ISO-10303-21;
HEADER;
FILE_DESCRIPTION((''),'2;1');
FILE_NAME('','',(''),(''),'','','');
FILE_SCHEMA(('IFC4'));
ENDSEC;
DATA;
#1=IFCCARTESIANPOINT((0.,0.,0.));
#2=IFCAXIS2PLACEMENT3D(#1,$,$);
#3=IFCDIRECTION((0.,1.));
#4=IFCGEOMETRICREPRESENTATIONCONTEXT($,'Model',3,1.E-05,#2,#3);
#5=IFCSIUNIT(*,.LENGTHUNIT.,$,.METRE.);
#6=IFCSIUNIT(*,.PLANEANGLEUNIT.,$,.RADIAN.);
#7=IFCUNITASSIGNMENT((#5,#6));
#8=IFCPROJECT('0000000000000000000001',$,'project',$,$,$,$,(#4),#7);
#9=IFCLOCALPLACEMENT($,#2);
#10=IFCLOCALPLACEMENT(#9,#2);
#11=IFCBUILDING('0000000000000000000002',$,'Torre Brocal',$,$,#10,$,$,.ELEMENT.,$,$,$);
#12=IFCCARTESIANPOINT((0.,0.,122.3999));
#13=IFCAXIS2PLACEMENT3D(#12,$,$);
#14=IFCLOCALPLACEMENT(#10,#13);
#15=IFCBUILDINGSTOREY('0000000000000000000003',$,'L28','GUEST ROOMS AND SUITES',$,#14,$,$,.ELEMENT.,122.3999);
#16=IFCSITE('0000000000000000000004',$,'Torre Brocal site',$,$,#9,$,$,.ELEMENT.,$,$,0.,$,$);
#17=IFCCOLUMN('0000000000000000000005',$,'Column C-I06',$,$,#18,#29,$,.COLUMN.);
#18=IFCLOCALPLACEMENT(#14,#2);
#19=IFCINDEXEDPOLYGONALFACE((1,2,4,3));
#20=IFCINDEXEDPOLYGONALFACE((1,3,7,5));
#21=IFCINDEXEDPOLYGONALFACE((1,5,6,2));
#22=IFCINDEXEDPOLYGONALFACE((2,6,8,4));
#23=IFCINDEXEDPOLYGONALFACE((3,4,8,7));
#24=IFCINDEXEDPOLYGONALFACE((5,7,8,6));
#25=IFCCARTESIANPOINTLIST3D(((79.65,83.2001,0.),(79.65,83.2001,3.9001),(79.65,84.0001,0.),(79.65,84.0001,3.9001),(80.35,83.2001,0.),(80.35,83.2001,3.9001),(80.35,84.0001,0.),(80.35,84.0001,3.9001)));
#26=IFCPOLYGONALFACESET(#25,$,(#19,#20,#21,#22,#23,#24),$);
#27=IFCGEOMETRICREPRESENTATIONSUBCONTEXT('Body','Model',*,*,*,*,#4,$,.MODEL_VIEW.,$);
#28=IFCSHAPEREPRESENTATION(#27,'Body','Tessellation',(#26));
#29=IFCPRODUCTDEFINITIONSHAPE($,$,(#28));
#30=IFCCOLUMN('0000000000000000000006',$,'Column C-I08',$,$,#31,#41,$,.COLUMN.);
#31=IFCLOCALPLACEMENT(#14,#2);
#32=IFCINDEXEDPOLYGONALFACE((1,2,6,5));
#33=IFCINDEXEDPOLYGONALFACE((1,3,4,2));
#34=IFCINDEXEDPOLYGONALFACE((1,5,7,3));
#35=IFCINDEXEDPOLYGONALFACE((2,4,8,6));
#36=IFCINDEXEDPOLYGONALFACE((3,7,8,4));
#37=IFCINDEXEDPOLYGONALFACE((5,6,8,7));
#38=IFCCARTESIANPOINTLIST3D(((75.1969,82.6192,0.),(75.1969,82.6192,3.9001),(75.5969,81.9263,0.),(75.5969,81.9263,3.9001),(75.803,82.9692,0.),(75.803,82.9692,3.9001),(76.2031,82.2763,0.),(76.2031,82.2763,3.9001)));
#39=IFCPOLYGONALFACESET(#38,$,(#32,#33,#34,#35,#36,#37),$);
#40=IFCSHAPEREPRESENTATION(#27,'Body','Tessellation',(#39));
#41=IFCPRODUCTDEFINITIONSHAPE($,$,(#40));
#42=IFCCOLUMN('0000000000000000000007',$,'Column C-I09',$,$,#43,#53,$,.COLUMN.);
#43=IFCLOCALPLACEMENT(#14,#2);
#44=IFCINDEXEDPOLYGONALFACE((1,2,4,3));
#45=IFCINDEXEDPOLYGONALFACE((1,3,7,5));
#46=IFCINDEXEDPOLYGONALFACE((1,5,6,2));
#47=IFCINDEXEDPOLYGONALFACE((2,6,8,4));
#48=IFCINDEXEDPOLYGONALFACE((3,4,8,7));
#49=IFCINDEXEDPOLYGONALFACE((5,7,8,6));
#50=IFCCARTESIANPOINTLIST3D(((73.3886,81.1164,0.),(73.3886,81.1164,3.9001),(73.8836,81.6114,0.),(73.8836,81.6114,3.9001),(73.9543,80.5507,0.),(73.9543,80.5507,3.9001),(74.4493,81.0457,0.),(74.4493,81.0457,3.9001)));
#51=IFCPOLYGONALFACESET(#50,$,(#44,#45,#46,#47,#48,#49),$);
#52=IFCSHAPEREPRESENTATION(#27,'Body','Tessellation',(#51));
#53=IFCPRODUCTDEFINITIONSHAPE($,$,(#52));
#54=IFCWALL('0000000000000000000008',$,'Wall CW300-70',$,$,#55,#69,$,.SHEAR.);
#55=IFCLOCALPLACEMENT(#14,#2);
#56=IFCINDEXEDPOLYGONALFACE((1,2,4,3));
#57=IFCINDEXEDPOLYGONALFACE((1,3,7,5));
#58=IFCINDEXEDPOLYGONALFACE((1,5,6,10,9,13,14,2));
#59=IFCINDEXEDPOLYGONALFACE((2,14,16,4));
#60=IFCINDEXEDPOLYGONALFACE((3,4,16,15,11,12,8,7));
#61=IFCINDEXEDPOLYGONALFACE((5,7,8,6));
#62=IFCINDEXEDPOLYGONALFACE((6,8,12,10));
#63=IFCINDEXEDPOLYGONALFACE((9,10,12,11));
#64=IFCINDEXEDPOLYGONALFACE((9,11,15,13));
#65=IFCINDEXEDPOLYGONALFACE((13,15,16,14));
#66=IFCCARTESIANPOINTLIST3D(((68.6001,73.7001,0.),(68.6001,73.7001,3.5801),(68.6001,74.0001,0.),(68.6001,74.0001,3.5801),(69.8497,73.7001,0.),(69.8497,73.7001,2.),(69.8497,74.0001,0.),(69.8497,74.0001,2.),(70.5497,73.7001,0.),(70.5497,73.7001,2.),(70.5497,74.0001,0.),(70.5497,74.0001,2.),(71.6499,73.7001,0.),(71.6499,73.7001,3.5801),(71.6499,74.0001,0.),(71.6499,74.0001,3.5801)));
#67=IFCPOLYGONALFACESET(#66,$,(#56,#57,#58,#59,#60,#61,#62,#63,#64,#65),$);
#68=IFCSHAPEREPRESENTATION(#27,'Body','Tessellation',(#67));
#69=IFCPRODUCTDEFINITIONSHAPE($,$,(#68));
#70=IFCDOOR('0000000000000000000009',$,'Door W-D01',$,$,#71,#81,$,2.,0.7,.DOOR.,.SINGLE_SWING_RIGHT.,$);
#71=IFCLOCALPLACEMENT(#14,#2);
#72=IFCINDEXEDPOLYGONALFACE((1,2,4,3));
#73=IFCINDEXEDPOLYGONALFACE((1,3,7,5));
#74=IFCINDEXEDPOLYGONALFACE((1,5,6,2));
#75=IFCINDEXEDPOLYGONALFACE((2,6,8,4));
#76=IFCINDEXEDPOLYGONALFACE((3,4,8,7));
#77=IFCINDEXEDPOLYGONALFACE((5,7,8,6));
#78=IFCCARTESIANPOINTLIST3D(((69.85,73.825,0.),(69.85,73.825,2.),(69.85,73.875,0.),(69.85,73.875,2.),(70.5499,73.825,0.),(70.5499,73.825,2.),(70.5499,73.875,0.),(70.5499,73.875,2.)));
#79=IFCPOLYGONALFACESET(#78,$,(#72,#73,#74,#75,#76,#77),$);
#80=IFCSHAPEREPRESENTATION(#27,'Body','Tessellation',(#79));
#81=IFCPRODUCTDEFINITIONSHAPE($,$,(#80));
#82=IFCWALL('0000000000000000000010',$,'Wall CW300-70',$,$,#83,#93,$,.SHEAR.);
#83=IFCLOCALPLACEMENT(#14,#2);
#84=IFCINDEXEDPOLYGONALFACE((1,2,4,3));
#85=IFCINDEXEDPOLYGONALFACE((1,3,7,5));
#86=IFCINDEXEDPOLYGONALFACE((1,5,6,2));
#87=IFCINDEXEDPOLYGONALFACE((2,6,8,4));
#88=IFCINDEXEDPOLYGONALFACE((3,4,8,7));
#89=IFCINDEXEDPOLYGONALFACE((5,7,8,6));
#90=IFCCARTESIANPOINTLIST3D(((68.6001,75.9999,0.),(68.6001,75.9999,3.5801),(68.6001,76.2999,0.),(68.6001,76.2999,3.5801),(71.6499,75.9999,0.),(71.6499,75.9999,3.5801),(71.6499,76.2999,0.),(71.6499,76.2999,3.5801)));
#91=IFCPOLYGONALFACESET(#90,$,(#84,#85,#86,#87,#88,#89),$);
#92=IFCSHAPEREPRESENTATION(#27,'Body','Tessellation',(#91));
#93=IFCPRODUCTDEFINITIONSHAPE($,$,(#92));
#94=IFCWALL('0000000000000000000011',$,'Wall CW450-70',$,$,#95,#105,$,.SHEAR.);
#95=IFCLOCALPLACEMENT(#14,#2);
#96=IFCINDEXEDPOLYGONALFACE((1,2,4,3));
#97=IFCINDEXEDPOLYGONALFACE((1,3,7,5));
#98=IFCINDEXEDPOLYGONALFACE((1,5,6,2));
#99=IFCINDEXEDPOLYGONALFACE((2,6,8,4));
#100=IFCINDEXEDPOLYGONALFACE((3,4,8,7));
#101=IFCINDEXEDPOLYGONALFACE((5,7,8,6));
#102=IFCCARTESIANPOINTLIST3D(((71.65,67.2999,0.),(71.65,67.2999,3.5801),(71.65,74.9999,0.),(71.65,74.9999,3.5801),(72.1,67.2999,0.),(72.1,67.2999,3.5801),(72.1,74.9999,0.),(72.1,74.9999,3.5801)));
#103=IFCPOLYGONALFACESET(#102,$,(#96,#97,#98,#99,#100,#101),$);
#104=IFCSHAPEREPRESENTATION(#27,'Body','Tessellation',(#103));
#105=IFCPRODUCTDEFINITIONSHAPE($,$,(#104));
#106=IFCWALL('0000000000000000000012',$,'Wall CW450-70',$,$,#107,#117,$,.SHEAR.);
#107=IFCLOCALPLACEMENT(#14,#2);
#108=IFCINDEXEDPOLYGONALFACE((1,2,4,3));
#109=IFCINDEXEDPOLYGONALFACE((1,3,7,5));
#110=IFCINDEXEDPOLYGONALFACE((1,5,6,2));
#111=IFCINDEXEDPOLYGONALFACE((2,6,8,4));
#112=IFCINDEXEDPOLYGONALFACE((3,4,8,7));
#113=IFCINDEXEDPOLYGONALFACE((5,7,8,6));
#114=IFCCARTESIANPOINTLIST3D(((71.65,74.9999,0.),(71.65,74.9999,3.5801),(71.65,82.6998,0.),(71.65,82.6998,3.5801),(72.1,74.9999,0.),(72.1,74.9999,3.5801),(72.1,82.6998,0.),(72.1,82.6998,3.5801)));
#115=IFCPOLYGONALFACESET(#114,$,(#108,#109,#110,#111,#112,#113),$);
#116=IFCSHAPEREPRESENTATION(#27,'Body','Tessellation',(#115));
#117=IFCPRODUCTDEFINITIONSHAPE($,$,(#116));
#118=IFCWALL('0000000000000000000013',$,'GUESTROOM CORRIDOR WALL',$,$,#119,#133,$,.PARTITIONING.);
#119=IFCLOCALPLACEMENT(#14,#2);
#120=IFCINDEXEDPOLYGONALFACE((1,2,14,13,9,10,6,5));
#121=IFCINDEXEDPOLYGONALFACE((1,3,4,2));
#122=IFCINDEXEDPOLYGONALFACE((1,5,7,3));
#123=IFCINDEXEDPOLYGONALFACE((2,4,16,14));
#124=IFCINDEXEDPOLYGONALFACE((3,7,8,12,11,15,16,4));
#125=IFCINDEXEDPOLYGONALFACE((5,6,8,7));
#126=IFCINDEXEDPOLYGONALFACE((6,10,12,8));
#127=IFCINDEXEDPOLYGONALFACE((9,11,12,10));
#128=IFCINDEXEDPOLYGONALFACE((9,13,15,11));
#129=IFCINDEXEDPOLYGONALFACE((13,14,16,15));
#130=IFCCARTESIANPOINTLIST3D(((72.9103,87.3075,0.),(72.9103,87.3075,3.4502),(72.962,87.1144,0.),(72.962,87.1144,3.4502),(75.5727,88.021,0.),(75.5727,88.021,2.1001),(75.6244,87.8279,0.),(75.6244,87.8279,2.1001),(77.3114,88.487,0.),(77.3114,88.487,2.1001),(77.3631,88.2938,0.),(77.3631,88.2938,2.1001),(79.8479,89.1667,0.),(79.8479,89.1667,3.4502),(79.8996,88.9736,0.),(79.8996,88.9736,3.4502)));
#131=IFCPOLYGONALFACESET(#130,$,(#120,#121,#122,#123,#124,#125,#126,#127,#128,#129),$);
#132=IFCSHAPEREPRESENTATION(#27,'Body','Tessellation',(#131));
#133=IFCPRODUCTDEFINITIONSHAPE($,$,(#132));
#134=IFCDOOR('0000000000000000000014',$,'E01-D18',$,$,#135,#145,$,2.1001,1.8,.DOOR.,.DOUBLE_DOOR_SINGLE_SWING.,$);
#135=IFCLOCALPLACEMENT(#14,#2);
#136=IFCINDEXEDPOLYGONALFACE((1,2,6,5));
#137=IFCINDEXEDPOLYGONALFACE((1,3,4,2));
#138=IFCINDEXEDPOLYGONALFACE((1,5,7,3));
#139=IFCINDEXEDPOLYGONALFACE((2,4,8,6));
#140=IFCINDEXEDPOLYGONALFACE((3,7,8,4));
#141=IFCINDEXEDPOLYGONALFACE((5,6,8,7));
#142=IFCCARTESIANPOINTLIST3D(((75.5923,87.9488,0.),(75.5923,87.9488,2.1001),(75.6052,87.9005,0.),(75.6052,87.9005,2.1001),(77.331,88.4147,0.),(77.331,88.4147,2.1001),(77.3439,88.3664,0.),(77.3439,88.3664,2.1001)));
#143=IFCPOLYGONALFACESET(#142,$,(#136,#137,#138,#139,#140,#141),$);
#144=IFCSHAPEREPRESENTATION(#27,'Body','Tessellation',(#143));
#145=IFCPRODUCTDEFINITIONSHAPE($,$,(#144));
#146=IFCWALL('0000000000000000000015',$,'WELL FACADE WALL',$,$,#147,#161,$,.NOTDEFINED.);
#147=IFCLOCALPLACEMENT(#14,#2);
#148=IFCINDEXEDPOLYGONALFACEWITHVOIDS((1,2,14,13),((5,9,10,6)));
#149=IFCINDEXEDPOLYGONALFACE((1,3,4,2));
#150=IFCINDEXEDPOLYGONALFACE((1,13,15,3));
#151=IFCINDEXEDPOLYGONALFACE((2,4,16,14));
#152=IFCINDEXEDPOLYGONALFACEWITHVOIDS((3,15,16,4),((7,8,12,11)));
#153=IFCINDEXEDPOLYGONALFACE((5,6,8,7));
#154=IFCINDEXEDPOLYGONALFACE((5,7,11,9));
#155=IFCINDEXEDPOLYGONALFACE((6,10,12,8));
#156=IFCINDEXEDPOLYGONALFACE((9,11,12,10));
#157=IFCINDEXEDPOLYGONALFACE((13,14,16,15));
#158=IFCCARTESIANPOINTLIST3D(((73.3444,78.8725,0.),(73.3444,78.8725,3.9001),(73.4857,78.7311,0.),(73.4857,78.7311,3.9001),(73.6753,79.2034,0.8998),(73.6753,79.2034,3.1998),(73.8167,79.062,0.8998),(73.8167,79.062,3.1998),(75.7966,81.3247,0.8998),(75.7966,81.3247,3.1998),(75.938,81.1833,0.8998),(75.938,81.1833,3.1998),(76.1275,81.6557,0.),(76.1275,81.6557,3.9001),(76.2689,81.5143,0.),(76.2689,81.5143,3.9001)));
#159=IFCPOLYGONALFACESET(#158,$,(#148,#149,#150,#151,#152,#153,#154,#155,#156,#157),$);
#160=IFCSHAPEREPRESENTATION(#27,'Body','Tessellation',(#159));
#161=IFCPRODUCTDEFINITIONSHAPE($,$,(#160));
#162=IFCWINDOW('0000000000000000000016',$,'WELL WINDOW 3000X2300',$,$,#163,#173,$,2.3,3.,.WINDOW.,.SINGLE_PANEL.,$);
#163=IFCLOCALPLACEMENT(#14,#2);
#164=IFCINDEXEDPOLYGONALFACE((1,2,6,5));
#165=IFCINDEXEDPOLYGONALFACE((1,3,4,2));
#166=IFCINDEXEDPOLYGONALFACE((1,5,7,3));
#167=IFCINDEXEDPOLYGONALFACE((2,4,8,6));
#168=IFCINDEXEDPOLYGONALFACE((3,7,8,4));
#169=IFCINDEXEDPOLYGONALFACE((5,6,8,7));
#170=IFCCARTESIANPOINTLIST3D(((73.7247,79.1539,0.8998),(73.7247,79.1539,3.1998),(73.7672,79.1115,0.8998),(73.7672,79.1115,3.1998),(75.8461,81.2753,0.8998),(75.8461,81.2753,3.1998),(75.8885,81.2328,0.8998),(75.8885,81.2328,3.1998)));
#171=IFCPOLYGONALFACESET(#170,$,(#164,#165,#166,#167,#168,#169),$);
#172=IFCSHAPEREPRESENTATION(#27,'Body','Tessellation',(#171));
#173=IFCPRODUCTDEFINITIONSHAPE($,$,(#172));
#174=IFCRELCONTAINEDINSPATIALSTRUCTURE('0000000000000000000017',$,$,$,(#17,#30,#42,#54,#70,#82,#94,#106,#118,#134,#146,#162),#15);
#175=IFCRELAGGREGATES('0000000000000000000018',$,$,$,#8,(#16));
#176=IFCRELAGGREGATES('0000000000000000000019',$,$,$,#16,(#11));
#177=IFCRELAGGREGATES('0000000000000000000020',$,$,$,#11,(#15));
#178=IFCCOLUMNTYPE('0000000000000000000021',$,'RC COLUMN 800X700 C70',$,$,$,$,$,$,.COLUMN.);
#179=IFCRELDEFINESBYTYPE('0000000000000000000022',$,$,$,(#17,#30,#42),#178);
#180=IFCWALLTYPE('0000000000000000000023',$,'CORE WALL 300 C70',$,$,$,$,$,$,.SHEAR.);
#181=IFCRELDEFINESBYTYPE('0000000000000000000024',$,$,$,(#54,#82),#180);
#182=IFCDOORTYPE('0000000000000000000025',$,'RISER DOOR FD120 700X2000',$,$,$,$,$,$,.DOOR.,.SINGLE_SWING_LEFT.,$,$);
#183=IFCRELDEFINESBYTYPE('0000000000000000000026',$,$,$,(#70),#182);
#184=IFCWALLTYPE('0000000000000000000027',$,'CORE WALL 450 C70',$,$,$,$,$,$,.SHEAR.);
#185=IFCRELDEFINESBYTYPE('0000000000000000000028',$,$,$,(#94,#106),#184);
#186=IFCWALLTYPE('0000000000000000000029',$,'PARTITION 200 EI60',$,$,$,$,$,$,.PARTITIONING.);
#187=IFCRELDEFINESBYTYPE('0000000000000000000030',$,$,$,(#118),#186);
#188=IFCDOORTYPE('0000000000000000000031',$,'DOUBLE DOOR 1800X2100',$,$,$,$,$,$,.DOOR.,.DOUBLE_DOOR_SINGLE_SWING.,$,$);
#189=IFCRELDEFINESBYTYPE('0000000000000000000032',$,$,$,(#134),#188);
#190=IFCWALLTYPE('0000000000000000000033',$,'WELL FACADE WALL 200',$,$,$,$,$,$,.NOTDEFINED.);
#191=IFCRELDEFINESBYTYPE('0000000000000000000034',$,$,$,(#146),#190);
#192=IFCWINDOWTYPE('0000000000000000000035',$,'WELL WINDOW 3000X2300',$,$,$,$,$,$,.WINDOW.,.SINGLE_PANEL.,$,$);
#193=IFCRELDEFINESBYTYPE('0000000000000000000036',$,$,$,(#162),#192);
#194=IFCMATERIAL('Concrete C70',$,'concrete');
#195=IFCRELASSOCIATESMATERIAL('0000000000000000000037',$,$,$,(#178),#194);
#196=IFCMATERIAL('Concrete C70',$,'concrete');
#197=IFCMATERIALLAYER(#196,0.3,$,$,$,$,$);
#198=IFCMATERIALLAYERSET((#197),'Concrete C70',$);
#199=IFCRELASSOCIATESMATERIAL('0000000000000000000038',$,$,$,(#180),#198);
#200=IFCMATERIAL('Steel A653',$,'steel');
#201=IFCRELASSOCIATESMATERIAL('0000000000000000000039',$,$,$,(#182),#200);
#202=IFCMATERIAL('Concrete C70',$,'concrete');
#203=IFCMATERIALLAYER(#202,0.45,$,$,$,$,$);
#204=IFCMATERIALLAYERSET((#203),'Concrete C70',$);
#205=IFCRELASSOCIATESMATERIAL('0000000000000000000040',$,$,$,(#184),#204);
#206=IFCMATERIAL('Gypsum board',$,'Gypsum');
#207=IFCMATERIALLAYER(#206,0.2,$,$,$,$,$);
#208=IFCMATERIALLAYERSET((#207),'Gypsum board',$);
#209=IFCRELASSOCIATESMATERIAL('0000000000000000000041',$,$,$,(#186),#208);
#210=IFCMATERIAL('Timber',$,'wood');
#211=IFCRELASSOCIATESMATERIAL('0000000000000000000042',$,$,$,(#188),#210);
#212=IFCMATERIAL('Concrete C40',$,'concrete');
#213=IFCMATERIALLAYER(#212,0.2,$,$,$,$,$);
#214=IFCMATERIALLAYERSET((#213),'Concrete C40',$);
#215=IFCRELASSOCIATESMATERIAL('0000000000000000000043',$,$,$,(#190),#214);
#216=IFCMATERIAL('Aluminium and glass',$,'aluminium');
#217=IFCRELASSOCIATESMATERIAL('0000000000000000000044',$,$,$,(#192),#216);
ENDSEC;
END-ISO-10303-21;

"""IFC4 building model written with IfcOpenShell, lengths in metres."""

from ifc_helpers import new_model, si_unit, direction, frame, frame_2d, origin, origin_2d, place, context, subcontext, project, spatial, rectangle, extrude, material, layer, layer_set, material_profile, profile_set, type_object, element, fill, save


model = new_model("IFC4")

# Units and contexts
model_context = context("Model", 3, precision=1e-05, world=origin(), true_north=direction((0.0, 1.0)))
body_context = subcontext(model_context, "Body", "Model", "MODEL_VIEW")
ifc_project = project(units=[si_unit("LENGTHUNIT", "METRE"), si_unit("PLANEANGLEUNIT", "RADIAN")], contexts=[model_context])

# Site, building, storey
site_placement = place(None, origin())
site = spatial("IfcSite", under=ifc_project, at=site_placement, Name="Torre Brocal site", CompositionType="ELEMENT", RefElevation=0.0)
building_placement = place(site_placement, origin())
building = spatial("IfcBuilding", under=site, at=building_placement, Name="Torre Brocal", CompositionType="ELEMENT")
storey_placement = place(building_placement, frame((0.0, 0.0, 122.3999)))
storey = spatial("IfcBuildingStorey", under=building, at=storey_placement, Name="L28", Description="GUEST ROOMS AND SUITES", CompositionType="ELEMENT", Elevation=122.3999)

# Columns
ifc_material_1 = material(Name="Concrete C70", Category="concrete")
ifc_material_profile = material_profile(ifc_material_1, rectangle(XDim=0.8, YDim=0.7, at=origin_2d()), Name="RC 800X700")
ifc_profile_set = profile_set([ifc_material_profile], Name="Concrete C70")
column_type = type_object("IfcColumnType", Name="RC COLUMN 800X700 C70", PredefinedType="COLUMN", material=ifc_profile_set)
for number, where, z_axis, x_axis, name in (
    (1, (80.0, 83.6001, 0.0), (0.0, 0.0, 1.0), (0.0, 1.0, 0.0), "Column C-I06"),
    (2, (75.7, 82.4478, 0.0), (0.0, 0.0, 1.0), (-0.5, 0.866025, 0.0), "Column C-I08"),
    (3, (73.9189, 81.0811, 0.0), (0.0, 0.0, 1.0), (-0.707107, 0.707107, 0.0), "Column C-I09"),
):
    element("IfcColumn", number, at=place(storey_placement, frame(where, z_axis=z_axis, x_axis=x_axis)), inside=storey, type_object=column_type, Name=name, PredefinedType="COLUMN", context=body_context, shape_type="SweptSolid", body=[
        extrude(rectangle(XDim=0.8, YDim=0.7, at=origin_2d()), origin(), (0.0, 0.0, 1.0), 3.9001),
    ])

# Wall, opening, door
ifc_material_2 = material(Name="Concrete C70", Category="concrete")
ifc_layer_1 = layer(ifc_material_2, 0.3)
ifc_layer_set_1 = layer_set([ifc_layer_1], Name="Concrete C70")
wall_type_1 = type_object("IfcWallType", Name="CORE WALL 300 C70", PredefinedType="SHEAR", material=ifc_layer_set_1)
wall_1_placement = place(storey_placement, frame((71.6499, 73.8501, 0.0), z_axis=(0.0, 0.0, 1.0), x_axis=(-1.0, 0.0, 0.0)))
wall_1 = element("IfcWall", 4, at=wall_1_placement, inside=storey, type_object=wall_type_1, Name="Wall CW300-70", PredefinedType="SHEAR", context=body_context, shape_type="SweptSolid", body=[
    extrude(rectangle(XDim=3.0498, YDim=0.3, at=frame_2d((1.5249, 0.0))), origin(), (0.0, 0.0, 1.0), 3.5801),
])
opening_1_placement = place(wall_1_placement, frame((1.1001, 0.0, 0.0)))
opening_1 = element("IfcOpeningElement", 5, at=opening_1_placement, cuts=wall_1, PredefinedType="OPENING", context=body_context, shape_type="SweptSolid", body=[
    extrude(rectangle(XDim=0.7, YDim=2.0, at=frame_2d((0.3501, 1.0))), frame((0.0, 0.1599, 0.0), z_axis=(0.0, -1.0, 0.0), x_axis=(1.0, 0.0, 0.0)), (0.0, 0.0, 1.0), 0.3201),
])
ifc_material_3 = material(Name="Steel A653", Category="steel")
door_type_1 = type_object("IfcDoorType", Name="RISER DOOR FD120 700X2000", OperationType="SINGLE_SWING_LEFT", PredefinedType="DOOR", material=ifc_material_3)
door_1_placement = place(opening_1_placement, frame((0.7, 0.0, 0.0), z_axis=(0.0, 0.0, 1.0), x_axis=(-1.0, 0.0, 0.0)))
door_1 = element("IfcDoor", 6, at=door_1_placement, inside=storey, type_object=door_type_1, Name="Door W-D01", OperationType="SINGLE_SWING_RIGHT", OverallHeight=2.0, OverallWidth=0.7, PredefinedType="DOOR", context=body_context, shape_type="SweptSolid", body=[
    extrude(rectangle(XDim=0.7, YDim=2.0, at=frame_2d((0.3501, 1.0))), frame((0.0, 0.0249, 0.0), z_axis=(0.0, -1.0, 0.0), x_axis=(1.0, 0.0, 0.0)), (0.0, 0.0, 1.0), 0.05),
])
fill(opening_1, door_1)

# Walls
wall_2_placement = place(storey_placement, frame((71.6499, 76.1499, 0.0), z_axis=(0.0, 0.0, 1.0), x_axis=(-1.0, 0.0, 0.0)))
element("IfcWall", 7, at=wall_2_placement, inside=storey, type_object=wall_type_1, Name="Wall CW300-70", PredefinedType="SHEAR", context=body_context, shape_type="SweptSolid", body=[
    extrude(rectangle(XDim=3.0498, YDim=0.3, at=frame_2d((1.5249, 0.0))), origin(), (0.0, 0.0, 1.0), 3.5801),
])
ifc_material_4 = material(Name="Concrete C70", Category="concrete")
ifc_layer_2 = layer(ifc_material_4, 0.45)
ifc_layer_set_2 = layer_set([ifc_layer_2], Name="Concrete C70")
wall_type_2 = type_object("IfcWallType", Name="CORE WALL 450 C70", PredefinedType="SHEAR", material=ifc_layer_set_2)
for number, where, z_axis, x_axis, name in (
    (8, (71.875, 75.0, 0.0), (0.0, 0.0, 1.0), (0.0, -1.0, 0.0), "Wall CW450-70"),
    (9, (71.875, 82.7, 0.0), (0.0, 0.0, 1.0), (0.0, -1.0, 0.0), "Wall CW450-70"),
):
    element("IfcWall", number, at=place(storey_placement, frame(where, z_axis=z_axis, x_axis=x_axis)), inside=storey, type_object=wall_type_2, Name=name, PredefinedType="SHEAR", context=body_context, shape_type="SweptSolid", body=[
        extrude(rectangle(XDim=7.7, YDim=0.45, at=frame_2d((3.8501, 0.0))), origin(), (0.0, 0.0, 1.0), 3.5801),
    ])

# Wall, opening, door
ifc_material_5 = material(Name="Gypsum board", Category="Gypsum")
ifc_layer_3 = layer(ifc_material_5, 0.2)
ifc_layer_set_3 = layer_set([ifc_layer_3], Name="Gypsum board")
wall_type_3 = type_object("IfcWallType", Name="PARTITION 200 EI60", PredefinedType="PARTITIONING", material=ifc_layer_set_3)
wall_3_placement = place(storey_placement, frame((72.936, 87.2109, 0.0), z_axis=(0.0, 0.0, 1.0), x_axis=(0.965918, 0.258849, 0.0)))
wall_3 = element("IfcWall", 10, at=wall_3_placement, inside=storey, type_object=wall_type_3, Name="GUESTROOM CORRIDOR WALL", PredefinedType="PARTITIONING", context=body_context, shape_type="SweptSolid", body=[
    extrude(rectangle(XDim=7.1824, YDim=0.2, at=frame_2d((3.5913, 0.0))), origin(), (0.0, 0.0, 1.0), 3.4502),
])
opening_2_placement = place(wall_3_placement, frame((2.7566, 0.0, 0.0)))
opening_2 = element("IfcOpeningElement", 11, at=opening_2_placement, cuts=wall_3, PredefinedType="OPENING", context=body_context, shape_type="SweptSolid", body=[
    extrude(rectangle(XDim=1.8, YDim=2.1001, at=frame_2d((0.8999, 1.05))), frame((0.0, 0.1099, 0.0), z_axis=(0.0, -1.0, 0.0), x_axis=(1.0, 0.0, 0.0)), (0.0, 0.0, 1.0), 0.22),
])
ifc_material_6 = material(Name="Timber", Category="wood")
door_type_2 = type_object("IfcDoorType", Name="DOUBLE DOOR 1800X2100", OperationType="DOUBLE_DOOR_SINGLE_SWING", PredefinedType="DOOR", material=ifc_material_6)
door_2_placement = place(opening_2_placement, frame((1.8, 0.0, 0.0), z_axis=(0.0, 0.0, 1.0), x_axis=(-1.0, 0.0, 0.0)))
door_2 = element("IfcDoor", 12, at=door_2_placement, inside=storey, type_object=door_type_2, Name="E01-D18", OperationType="DOUBLE_DOOR_SINGLE_SWING", OverallHeight=2.1001, OverallWidth=1.8, PredefinedType="DOOR", context=body_context, shape_type="SweptSolid", body=[
    extrude(rectangle(XDim=1.8, YDim=2.1001, at=frame_2d((0.8999, 1.05))), frame((0.0, 0.0249, 0.0), z_axis=(0.0, -1.0, 0.0), x_axis=(1.0, 0.0, 0.0)), (0.0, 0.0, 1.0), 0.05),
])
fill(opening_2, door_2)

# Wall, opening, window
ifc_material_7 = material(Name="Concrete C40", Category="concrete")
ifc_layer_4 = layer(ifc_material_7, 0.2)
ifc_layer_set_4 = layer_set([ifc_layer_4], Name="Concrete C40")
wall_type_4 = type_object("IfcWallType", Name="WELL FACADE WALL 200", PredefinedType="NOTDEFINED", material=ifc_layer_set_4)
wall_4_placement = place(storey_placement, frame((76.1982, 81.585, 0.0), z_axis=(0.0, 0.0, 1.0), x_axis=(-0.707107, -0.707107, 0.0)))
wall_4 = element("IfcWall", 13, at=wall_4_placement, inside=storey, type_object=wall_type_4, Name="WELL FACADE WALL", PredefinedType="NOTDEFINED", context=body_context, shape_type="SweptSolid", body=[
    extrude(rectangle(XDim=3.936, YDim=0.2, at=frame_2d((1.968, 0.0))), origin(), (0.0, 0.0, 1.0), 3.9001),
])
opening_3_placement = place(wall_4_placement, frame((0.468, 0.0, 0.8999)))
opening_3 = element("IfcOpeningElement", 14, at=opening_3_placement, cuts=wall_4, PredefinedType="OPENING", context=body_context, shape_type="SweptSolid", body=[
    extrude(rectangle(XDim=3.0, YDim=2.3, at=frame_2d((1.5, 1.1499))), frame((0.0, 0.1099, 0.0), z_axis=(0.0, -1.0, 0.0), x_axis=(1.0, 0.0, 0.0)), (0.0, 0.0, 1.0), 0.22),
])
ifc_material_8 = material(Name="Aluminium and glass", Category="aluminium")
window_type = type_object("IfcWindowType", Name="WELL WINDOW 3000X2300", PartitioningType="SINGLE_PANEL", PredefinedType="WINDOW", material=ifc_material_8)
window_1_placement = place(opening_3_placement, origin())
window_1 = element("IfcWindow", 15, at=window_1_placement, inside=storey, type_object=window_type, Name="WELL WINDOW 3000X2300", OverallHeight=2.3, OverallWidth=3.0, PartitioningType="SINGLE_PANEL", PredefinedType="WINDOW", context=body_context, shape_type="SweptSolid", body=[
    extrude(rectangle(XDim=3.0, YDim=2.3, at=frame_2d((1.5, 1.1499))), frame((0.0, 0.03, 0.0), z_axis=(0.0, -1.0, 0.0), x_axis=(1.0, 0.0, 0.0)), (0.0, 0.0, 1.0), 0.0601),
])
fill(opening_3, window_1)

save(model, "model.ifc")
